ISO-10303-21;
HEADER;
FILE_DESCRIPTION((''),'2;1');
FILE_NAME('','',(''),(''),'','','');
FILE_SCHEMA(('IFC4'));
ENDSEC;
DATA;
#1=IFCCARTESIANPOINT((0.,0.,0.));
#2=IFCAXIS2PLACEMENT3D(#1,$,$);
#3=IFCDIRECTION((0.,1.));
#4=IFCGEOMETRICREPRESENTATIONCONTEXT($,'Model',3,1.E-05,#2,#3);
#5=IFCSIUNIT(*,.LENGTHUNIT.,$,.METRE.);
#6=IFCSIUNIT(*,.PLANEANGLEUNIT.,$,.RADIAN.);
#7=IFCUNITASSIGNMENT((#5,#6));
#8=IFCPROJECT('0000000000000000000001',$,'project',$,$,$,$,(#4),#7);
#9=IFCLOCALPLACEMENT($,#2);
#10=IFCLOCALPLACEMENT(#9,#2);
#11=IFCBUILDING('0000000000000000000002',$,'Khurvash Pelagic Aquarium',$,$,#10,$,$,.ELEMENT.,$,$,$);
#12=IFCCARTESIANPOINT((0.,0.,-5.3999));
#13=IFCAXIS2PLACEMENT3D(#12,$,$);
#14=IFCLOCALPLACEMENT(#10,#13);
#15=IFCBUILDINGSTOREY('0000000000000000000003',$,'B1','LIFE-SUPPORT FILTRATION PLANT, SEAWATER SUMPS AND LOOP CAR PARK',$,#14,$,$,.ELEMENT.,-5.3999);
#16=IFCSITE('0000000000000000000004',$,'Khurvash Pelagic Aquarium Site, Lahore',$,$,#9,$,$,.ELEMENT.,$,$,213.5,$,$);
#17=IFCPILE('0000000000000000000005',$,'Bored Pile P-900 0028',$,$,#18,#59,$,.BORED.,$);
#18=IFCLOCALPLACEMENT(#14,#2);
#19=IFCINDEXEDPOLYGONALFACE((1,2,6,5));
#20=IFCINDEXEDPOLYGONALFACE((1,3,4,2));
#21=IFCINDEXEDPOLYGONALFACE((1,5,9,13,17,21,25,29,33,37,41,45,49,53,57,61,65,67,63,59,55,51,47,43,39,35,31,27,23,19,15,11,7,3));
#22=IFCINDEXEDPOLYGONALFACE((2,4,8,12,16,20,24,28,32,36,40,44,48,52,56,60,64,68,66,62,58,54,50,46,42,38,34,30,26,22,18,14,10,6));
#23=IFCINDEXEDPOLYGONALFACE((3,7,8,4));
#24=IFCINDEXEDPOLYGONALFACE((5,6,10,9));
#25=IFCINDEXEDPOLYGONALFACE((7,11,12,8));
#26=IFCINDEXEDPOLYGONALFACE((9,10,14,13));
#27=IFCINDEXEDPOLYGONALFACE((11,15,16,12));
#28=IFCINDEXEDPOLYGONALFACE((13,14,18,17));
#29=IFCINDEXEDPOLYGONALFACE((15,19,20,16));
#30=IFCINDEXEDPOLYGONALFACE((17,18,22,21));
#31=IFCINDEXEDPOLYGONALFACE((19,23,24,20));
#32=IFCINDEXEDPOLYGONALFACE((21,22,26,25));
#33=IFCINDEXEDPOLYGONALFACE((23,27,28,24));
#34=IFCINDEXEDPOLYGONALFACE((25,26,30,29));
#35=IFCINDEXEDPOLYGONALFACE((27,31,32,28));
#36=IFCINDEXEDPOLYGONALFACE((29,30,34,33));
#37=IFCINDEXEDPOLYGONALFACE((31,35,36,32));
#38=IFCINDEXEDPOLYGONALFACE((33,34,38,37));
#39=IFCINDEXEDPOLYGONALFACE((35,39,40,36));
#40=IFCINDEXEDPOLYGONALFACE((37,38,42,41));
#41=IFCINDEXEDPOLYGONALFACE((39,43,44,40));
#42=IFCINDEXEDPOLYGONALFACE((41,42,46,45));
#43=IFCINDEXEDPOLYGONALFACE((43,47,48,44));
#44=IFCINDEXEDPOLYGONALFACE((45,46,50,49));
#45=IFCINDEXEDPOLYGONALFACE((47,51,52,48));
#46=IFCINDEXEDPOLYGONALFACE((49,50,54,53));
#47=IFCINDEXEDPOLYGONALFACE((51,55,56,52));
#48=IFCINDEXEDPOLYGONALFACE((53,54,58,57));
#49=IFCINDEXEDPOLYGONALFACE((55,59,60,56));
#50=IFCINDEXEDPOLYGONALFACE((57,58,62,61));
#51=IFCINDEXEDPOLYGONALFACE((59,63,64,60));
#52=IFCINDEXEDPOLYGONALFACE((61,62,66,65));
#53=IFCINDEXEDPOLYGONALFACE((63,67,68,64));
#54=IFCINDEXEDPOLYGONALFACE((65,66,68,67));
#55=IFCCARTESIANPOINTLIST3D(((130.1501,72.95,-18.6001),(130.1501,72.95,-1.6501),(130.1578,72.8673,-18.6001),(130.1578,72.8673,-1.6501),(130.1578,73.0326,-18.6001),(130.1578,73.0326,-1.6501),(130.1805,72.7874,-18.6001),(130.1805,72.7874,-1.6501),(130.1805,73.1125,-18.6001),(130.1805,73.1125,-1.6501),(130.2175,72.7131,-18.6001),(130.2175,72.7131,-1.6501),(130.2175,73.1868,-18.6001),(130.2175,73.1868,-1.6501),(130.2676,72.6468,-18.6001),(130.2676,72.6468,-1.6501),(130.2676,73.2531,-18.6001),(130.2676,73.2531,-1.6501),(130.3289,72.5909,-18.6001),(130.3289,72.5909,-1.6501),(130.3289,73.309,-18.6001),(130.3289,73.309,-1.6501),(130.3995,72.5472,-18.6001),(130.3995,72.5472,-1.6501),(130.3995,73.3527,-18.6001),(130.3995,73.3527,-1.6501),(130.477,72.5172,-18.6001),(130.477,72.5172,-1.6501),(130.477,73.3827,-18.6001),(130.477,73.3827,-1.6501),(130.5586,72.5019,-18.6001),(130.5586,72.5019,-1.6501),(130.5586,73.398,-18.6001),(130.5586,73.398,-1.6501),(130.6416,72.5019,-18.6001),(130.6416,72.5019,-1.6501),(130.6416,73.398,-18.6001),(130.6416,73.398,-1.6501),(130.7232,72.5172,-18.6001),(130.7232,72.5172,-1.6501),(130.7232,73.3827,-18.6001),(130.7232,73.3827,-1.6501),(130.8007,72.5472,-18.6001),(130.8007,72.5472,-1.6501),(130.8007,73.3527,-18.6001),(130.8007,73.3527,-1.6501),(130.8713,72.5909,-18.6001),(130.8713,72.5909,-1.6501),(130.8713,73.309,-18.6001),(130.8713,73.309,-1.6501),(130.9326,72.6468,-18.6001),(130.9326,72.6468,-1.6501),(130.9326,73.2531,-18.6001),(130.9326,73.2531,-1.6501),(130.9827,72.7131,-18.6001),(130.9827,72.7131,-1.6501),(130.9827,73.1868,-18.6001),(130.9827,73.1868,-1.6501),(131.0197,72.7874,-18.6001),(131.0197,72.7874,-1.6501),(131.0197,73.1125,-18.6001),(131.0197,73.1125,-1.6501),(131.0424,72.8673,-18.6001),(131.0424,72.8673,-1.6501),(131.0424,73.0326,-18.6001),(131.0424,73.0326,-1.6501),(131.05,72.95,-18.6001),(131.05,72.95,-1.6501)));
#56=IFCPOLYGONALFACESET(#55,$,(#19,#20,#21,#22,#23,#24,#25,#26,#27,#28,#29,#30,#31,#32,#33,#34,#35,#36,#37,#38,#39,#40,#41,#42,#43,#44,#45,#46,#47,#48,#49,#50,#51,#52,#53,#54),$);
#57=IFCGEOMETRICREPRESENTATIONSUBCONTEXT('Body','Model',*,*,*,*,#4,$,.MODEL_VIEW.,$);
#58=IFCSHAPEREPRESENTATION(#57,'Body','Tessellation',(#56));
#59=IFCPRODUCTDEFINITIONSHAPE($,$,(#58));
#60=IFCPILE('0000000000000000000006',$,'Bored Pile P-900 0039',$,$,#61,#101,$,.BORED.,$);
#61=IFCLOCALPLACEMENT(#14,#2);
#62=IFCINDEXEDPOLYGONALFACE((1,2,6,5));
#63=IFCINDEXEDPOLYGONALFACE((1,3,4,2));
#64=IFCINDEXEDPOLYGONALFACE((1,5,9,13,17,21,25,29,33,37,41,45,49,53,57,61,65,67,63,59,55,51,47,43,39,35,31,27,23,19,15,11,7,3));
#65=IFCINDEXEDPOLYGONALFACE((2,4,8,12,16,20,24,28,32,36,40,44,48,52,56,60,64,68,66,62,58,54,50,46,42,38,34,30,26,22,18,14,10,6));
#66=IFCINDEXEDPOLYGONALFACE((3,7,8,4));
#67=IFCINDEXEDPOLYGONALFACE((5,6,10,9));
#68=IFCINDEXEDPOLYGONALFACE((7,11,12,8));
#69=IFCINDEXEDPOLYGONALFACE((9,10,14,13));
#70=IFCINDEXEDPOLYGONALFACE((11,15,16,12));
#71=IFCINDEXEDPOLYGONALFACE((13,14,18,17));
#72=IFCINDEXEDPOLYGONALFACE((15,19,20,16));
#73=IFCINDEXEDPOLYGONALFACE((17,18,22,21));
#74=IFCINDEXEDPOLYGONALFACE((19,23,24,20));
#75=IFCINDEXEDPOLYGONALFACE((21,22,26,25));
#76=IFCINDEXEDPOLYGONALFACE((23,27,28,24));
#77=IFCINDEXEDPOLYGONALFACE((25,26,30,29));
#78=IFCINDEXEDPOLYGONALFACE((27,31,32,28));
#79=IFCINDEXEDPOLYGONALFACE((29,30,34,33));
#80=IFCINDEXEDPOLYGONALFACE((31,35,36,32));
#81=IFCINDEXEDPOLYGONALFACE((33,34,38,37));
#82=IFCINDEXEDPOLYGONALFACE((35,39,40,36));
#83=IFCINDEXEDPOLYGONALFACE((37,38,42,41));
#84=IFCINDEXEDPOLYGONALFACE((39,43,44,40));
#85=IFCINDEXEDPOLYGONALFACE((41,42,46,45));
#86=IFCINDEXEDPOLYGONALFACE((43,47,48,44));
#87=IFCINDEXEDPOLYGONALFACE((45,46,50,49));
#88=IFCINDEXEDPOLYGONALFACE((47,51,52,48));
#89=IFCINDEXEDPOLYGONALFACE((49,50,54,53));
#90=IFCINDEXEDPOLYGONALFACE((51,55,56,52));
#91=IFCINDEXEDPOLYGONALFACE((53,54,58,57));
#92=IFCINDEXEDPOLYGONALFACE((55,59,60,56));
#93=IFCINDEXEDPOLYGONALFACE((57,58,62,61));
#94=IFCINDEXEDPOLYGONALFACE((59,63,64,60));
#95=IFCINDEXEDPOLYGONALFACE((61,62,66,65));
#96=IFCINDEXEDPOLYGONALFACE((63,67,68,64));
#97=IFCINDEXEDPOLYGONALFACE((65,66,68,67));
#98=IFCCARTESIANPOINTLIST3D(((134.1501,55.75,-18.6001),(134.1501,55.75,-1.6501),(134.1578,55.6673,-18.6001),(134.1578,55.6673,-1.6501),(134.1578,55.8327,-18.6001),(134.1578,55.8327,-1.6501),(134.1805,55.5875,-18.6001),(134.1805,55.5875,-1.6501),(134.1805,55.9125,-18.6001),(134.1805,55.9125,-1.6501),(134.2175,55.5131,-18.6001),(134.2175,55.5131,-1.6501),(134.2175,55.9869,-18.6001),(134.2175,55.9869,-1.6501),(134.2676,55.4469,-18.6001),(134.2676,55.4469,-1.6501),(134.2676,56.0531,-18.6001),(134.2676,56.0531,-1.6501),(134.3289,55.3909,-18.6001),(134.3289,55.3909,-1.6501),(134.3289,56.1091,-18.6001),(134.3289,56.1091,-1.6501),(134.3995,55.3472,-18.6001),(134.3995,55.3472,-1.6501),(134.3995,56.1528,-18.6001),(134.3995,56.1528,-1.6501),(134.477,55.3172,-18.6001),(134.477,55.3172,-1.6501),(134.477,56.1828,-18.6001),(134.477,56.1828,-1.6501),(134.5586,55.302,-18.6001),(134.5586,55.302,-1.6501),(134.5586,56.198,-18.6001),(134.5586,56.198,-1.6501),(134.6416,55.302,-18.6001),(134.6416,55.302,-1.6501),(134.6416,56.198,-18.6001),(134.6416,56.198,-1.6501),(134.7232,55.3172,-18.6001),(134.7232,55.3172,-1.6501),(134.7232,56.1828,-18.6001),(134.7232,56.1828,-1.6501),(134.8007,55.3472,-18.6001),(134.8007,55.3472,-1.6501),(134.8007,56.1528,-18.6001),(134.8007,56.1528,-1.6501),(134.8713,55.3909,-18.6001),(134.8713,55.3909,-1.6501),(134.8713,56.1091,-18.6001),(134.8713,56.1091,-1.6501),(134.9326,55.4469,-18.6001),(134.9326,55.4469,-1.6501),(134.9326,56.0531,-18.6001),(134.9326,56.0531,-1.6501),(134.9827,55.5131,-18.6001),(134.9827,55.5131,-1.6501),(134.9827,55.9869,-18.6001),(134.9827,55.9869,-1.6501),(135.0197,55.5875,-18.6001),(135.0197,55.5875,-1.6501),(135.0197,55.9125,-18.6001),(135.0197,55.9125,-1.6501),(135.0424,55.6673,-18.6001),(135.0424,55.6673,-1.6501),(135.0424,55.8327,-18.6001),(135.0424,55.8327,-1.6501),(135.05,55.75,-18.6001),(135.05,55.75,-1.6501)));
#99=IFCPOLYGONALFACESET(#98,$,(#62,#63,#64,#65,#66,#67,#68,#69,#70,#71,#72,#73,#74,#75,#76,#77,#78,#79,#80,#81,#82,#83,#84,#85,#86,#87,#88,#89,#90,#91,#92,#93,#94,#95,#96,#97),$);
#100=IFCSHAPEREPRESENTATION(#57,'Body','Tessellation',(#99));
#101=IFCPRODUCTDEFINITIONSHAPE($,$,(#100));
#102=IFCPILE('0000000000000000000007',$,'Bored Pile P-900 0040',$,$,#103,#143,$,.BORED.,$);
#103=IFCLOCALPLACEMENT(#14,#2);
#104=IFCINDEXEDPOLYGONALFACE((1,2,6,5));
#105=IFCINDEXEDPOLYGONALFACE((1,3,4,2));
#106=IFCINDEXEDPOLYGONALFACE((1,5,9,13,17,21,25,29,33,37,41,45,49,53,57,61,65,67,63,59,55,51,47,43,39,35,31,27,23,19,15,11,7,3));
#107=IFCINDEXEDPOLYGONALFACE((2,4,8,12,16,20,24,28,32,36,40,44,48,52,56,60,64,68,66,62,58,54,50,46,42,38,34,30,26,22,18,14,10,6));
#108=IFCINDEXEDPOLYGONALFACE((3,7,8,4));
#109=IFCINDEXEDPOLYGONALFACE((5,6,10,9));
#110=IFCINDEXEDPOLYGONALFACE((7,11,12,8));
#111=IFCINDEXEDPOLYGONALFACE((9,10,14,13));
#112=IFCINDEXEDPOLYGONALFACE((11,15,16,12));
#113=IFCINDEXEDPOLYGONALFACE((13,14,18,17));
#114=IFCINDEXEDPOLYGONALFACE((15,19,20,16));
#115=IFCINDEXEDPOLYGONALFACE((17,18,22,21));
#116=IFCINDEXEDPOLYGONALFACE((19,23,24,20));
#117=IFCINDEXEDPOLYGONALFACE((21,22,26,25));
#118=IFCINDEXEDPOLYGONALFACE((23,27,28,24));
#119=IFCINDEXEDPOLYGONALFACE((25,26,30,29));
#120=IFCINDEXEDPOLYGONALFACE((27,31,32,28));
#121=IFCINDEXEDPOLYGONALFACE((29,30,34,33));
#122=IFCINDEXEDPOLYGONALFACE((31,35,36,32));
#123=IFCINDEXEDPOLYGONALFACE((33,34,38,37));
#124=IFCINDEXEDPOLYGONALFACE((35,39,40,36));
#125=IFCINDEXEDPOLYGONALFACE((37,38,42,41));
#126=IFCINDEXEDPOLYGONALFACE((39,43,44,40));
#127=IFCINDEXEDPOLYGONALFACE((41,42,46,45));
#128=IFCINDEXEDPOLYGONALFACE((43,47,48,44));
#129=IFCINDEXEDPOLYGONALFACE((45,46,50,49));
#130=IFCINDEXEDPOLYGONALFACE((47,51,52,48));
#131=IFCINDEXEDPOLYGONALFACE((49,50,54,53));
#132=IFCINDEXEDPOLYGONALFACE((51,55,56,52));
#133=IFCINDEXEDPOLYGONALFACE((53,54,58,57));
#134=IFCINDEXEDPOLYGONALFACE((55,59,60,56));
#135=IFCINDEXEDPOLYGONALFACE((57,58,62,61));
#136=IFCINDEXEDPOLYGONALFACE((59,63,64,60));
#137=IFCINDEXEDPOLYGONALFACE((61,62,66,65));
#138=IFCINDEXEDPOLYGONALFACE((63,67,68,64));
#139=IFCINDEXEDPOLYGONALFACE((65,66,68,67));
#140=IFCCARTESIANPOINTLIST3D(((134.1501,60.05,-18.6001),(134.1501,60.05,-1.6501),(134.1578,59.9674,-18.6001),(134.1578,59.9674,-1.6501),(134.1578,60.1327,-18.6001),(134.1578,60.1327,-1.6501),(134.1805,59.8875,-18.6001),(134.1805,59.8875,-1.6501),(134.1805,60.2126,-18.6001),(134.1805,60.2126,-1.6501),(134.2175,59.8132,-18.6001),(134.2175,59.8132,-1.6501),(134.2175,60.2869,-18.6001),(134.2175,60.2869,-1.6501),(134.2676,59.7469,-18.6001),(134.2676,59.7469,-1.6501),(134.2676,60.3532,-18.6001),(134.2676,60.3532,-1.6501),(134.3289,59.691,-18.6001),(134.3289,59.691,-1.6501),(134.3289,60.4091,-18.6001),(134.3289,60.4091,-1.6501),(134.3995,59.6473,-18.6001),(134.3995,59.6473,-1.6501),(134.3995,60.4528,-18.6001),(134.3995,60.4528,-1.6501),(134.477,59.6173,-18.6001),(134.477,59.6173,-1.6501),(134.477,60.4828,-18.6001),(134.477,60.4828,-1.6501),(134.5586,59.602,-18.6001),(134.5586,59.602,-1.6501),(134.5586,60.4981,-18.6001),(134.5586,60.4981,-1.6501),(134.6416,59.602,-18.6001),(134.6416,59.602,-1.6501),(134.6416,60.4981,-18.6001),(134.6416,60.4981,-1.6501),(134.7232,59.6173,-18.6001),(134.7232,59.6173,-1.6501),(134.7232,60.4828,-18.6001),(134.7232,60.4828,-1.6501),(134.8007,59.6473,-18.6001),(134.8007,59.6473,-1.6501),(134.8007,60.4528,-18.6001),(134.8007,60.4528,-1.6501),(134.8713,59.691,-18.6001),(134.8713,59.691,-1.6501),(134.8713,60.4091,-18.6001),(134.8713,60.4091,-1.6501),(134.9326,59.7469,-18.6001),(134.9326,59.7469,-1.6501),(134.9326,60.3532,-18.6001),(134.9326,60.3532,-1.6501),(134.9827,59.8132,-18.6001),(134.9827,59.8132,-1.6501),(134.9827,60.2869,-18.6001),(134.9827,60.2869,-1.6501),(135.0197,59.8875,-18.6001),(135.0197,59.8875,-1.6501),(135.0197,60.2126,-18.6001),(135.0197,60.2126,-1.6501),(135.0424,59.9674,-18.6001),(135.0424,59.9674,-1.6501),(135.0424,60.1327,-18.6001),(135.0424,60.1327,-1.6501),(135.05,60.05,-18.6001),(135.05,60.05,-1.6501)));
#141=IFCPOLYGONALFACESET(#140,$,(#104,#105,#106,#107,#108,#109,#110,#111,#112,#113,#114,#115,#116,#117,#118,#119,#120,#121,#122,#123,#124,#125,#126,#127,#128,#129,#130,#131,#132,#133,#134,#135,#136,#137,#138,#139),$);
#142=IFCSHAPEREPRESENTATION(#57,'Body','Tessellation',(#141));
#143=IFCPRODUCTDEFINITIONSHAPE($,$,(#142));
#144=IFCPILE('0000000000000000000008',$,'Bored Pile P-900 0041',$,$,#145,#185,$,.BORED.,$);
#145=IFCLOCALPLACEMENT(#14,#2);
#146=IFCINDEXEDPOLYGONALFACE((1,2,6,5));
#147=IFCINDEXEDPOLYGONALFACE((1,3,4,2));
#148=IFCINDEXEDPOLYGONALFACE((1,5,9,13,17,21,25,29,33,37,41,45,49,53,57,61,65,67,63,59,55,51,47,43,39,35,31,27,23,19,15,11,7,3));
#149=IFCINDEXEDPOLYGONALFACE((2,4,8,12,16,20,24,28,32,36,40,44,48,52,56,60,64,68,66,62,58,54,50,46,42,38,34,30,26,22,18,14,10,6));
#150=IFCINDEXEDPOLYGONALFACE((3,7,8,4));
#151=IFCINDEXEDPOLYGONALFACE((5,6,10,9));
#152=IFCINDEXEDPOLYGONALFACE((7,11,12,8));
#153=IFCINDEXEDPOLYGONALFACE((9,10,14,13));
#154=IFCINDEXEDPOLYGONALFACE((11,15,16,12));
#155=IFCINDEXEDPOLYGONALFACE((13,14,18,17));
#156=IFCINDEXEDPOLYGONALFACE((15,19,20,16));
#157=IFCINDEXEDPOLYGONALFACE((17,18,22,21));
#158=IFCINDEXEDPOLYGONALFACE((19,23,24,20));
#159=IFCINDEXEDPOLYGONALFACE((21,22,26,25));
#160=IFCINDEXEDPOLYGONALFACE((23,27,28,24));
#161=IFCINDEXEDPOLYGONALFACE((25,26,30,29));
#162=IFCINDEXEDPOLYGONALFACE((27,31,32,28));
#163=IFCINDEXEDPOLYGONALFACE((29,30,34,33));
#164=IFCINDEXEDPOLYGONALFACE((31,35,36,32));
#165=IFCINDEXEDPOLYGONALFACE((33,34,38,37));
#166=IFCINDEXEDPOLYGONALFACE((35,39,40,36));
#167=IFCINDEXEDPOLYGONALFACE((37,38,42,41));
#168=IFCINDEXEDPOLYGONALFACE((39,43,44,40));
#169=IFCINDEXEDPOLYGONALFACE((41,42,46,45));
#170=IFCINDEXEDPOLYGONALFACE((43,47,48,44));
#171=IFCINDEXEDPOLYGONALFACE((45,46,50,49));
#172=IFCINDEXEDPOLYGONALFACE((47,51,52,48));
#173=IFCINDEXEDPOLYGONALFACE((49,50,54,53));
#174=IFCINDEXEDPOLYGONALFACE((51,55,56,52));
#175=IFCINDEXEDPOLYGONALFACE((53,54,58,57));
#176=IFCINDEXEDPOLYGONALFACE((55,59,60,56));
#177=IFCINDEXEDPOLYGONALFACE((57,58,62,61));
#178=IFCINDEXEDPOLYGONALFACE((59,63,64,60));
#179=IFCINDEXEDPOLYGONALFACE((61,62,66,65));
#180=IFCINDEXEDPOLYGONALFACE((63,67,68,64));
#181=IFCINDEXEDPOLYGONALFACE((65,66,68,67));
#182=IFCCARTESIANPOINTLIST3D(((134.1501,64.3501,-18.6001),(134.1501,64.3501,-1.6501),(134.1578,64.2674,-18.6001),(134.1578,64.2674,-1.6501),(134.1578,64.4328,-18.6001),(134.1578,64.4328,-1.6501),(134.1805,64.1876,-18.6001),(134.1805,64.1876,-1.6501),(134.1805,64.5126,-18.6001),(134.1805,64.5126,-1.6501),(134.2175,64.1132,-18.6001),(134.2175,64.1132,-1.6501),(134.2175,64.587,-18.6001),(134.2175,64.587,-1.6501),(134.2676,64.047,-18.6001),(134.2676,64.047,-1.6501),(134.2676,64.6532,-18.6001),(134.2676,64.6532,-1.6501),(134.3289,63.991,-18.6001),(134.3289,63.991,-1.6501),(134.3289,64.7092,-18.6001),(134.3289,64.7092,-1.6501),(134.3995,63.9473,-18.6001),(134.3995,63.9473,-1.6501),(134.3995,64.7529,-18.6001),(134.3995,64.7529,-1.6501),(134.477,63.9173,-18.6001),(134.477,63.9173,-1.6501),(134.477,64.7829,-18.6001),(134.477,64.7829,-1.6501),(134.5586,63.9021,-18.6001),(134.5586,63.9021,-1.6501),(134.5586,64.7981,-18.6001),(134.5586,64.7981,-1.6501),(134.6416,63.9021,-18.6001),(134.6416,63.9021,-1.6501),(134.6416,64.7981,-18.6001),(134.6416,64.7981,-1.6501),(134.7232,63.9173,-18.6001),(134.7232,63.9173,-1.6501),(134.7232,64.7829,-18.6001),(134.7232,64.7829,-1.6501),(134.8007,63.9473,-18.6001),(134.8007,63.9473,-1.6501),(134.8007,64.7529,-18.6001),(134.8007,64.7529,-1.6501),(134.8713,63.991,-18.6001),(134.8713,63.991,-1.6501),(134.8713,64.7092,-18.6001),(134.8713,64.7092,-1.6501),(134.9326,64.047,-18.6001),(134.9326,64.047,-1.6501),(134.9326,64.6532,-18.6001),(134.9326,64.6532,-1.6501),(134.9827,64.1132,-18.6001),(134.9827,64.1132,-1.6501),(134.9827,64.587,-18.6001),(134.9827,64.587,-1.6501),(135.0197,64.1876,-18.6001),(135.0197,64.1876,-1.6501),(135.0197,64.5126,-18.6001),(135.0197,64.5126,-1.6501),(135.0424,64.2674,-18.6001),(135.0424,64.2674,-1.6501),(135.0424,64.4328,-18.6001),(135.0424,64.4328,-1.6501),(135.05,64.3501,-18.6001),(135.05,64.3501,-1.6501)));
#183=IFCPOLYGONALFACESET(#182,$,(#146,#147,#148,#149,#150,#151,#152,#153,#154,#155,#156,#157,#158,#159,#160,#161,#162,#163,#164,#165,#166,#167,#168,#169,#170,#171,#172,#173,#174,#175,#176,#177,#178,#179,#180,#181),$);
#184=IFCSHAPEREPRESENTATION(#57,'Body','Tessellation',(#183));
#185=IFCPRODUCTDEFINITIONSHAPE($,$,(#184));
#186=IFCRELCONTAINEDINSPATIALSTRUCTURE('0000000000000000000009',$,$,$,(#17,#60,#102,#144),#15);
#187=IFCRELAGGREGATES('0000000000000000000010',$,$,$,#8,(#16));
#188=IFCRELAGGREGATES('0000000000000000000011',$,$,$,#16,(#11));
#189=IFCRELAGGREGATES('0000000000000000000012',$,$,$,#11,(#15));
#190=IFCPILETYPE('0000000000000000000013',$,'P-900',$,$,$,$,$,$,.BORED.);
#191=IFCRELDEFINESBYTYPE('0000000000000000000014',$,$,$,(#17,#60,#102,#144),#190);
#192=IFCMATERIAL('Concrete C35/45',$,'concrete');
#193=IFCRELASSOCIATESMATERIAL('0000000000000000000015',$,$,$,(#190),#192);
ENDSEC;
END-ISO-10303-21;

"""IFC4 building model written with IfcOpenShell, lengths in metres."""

from ifc_helpers import new_model, si_unit, direction, frame, origin, origin_2d, place, context, subcontext, project, spatial, circle, extrude, material, material_profile, profile_set, type_object, element, save


model = new_model("IFC4")

# Units and contexts
model_context = context("Model", 3, precision=1e-05, world=origin(), true_north=direction((0.0, 1.0)))
body_context = subcontext(model_context, "Body", "Model", "MODEL_VIEW")
ifc_project = project(units=[si_unit("LENGTHUNIT", "METRE"), si_unit("PLANEANGLEUNIT", "RADIAN")], contexts=[model_context])

# Site, building, storey
site_placement = place(None, origin())
site = spatial("IfcSite", under=ifc_project, at=site_placement, Name="Khurvash Pelagic Aquarium Site, Lahore", CompositionType="ELEMENT", RefElevation=213.5)
building_placement = place(site_placement, origin())
building = spatial("IfcBuilding", under=site, at=building_placement, Name="Khurvash Pelagic Aquarium", CompositionType="ELEMENT")
storey_placement = place(building_placement, frame((0.0, 0.0, -5.3999)))
storey = spatial("IfcBuildingStorey", under=building, at=storey_placement, Name="B1", Description="LIFE-SUPPORT FILTRATION PLANT, SEAWATER SUMPS AND LOOP CAR PARK", CompositionType="ELEMENT", Elevation=-5.3999)

# Piles
ifc_material = material(Name="Concrete C35/45", Category="concrete")
ifc_material_profile = material_profile(ifc_material, circle(Radius=0.45, at=origin_2d()), Name="PILE900")
ifc_profile_set = profile_set([ifc_material_profile], Name="Concrete C35/45")
pile_type = type_object("IfcPileType", Name="P-900", PredefinedType="BORED", material=ifc_profile_set)
for number, where, z_axis, x_axis, name in (
    (1, (130.6001, 72.95, -1.6501), (0.0, 0.0, -1.0), (1.0, 0.0, 0.0), "Bored Pile P-900 0028"),
    (2, (134.6001, 55.75, -1.6501), (0.0, 0.0, -1.0), (1.0, 0.0, 0.0), "Bored Pile P-900 0039"),
    (3, (134.6001, 60.05, -1.6501), (0.0, 0.0, -1.0), (1.0, 0.0, 0.0), "Bored Pile P-900 0040"),
    (4, (134.6001, 64.3501, -1.6501), (0.0, 0.0, -1.0), (1.0, 0.0, 0.0), "Bored Pile P-900 0041"),
):
    element("IfcPile", number, at=place(storey_placement, frame(where, z_axis=z_axis, x_axis=x_axis)), inside=storey, type_object=pile_type, Name=name, PredefinedType="BORED", context=body_context, shape_type="SweptSolid", body=[
        extrude(circle(Radius=0.45, at=origin_2d()), origin(), (0.0, 0.0, 1.0), 16.95),
    ])

save(model, "model.ifc")
